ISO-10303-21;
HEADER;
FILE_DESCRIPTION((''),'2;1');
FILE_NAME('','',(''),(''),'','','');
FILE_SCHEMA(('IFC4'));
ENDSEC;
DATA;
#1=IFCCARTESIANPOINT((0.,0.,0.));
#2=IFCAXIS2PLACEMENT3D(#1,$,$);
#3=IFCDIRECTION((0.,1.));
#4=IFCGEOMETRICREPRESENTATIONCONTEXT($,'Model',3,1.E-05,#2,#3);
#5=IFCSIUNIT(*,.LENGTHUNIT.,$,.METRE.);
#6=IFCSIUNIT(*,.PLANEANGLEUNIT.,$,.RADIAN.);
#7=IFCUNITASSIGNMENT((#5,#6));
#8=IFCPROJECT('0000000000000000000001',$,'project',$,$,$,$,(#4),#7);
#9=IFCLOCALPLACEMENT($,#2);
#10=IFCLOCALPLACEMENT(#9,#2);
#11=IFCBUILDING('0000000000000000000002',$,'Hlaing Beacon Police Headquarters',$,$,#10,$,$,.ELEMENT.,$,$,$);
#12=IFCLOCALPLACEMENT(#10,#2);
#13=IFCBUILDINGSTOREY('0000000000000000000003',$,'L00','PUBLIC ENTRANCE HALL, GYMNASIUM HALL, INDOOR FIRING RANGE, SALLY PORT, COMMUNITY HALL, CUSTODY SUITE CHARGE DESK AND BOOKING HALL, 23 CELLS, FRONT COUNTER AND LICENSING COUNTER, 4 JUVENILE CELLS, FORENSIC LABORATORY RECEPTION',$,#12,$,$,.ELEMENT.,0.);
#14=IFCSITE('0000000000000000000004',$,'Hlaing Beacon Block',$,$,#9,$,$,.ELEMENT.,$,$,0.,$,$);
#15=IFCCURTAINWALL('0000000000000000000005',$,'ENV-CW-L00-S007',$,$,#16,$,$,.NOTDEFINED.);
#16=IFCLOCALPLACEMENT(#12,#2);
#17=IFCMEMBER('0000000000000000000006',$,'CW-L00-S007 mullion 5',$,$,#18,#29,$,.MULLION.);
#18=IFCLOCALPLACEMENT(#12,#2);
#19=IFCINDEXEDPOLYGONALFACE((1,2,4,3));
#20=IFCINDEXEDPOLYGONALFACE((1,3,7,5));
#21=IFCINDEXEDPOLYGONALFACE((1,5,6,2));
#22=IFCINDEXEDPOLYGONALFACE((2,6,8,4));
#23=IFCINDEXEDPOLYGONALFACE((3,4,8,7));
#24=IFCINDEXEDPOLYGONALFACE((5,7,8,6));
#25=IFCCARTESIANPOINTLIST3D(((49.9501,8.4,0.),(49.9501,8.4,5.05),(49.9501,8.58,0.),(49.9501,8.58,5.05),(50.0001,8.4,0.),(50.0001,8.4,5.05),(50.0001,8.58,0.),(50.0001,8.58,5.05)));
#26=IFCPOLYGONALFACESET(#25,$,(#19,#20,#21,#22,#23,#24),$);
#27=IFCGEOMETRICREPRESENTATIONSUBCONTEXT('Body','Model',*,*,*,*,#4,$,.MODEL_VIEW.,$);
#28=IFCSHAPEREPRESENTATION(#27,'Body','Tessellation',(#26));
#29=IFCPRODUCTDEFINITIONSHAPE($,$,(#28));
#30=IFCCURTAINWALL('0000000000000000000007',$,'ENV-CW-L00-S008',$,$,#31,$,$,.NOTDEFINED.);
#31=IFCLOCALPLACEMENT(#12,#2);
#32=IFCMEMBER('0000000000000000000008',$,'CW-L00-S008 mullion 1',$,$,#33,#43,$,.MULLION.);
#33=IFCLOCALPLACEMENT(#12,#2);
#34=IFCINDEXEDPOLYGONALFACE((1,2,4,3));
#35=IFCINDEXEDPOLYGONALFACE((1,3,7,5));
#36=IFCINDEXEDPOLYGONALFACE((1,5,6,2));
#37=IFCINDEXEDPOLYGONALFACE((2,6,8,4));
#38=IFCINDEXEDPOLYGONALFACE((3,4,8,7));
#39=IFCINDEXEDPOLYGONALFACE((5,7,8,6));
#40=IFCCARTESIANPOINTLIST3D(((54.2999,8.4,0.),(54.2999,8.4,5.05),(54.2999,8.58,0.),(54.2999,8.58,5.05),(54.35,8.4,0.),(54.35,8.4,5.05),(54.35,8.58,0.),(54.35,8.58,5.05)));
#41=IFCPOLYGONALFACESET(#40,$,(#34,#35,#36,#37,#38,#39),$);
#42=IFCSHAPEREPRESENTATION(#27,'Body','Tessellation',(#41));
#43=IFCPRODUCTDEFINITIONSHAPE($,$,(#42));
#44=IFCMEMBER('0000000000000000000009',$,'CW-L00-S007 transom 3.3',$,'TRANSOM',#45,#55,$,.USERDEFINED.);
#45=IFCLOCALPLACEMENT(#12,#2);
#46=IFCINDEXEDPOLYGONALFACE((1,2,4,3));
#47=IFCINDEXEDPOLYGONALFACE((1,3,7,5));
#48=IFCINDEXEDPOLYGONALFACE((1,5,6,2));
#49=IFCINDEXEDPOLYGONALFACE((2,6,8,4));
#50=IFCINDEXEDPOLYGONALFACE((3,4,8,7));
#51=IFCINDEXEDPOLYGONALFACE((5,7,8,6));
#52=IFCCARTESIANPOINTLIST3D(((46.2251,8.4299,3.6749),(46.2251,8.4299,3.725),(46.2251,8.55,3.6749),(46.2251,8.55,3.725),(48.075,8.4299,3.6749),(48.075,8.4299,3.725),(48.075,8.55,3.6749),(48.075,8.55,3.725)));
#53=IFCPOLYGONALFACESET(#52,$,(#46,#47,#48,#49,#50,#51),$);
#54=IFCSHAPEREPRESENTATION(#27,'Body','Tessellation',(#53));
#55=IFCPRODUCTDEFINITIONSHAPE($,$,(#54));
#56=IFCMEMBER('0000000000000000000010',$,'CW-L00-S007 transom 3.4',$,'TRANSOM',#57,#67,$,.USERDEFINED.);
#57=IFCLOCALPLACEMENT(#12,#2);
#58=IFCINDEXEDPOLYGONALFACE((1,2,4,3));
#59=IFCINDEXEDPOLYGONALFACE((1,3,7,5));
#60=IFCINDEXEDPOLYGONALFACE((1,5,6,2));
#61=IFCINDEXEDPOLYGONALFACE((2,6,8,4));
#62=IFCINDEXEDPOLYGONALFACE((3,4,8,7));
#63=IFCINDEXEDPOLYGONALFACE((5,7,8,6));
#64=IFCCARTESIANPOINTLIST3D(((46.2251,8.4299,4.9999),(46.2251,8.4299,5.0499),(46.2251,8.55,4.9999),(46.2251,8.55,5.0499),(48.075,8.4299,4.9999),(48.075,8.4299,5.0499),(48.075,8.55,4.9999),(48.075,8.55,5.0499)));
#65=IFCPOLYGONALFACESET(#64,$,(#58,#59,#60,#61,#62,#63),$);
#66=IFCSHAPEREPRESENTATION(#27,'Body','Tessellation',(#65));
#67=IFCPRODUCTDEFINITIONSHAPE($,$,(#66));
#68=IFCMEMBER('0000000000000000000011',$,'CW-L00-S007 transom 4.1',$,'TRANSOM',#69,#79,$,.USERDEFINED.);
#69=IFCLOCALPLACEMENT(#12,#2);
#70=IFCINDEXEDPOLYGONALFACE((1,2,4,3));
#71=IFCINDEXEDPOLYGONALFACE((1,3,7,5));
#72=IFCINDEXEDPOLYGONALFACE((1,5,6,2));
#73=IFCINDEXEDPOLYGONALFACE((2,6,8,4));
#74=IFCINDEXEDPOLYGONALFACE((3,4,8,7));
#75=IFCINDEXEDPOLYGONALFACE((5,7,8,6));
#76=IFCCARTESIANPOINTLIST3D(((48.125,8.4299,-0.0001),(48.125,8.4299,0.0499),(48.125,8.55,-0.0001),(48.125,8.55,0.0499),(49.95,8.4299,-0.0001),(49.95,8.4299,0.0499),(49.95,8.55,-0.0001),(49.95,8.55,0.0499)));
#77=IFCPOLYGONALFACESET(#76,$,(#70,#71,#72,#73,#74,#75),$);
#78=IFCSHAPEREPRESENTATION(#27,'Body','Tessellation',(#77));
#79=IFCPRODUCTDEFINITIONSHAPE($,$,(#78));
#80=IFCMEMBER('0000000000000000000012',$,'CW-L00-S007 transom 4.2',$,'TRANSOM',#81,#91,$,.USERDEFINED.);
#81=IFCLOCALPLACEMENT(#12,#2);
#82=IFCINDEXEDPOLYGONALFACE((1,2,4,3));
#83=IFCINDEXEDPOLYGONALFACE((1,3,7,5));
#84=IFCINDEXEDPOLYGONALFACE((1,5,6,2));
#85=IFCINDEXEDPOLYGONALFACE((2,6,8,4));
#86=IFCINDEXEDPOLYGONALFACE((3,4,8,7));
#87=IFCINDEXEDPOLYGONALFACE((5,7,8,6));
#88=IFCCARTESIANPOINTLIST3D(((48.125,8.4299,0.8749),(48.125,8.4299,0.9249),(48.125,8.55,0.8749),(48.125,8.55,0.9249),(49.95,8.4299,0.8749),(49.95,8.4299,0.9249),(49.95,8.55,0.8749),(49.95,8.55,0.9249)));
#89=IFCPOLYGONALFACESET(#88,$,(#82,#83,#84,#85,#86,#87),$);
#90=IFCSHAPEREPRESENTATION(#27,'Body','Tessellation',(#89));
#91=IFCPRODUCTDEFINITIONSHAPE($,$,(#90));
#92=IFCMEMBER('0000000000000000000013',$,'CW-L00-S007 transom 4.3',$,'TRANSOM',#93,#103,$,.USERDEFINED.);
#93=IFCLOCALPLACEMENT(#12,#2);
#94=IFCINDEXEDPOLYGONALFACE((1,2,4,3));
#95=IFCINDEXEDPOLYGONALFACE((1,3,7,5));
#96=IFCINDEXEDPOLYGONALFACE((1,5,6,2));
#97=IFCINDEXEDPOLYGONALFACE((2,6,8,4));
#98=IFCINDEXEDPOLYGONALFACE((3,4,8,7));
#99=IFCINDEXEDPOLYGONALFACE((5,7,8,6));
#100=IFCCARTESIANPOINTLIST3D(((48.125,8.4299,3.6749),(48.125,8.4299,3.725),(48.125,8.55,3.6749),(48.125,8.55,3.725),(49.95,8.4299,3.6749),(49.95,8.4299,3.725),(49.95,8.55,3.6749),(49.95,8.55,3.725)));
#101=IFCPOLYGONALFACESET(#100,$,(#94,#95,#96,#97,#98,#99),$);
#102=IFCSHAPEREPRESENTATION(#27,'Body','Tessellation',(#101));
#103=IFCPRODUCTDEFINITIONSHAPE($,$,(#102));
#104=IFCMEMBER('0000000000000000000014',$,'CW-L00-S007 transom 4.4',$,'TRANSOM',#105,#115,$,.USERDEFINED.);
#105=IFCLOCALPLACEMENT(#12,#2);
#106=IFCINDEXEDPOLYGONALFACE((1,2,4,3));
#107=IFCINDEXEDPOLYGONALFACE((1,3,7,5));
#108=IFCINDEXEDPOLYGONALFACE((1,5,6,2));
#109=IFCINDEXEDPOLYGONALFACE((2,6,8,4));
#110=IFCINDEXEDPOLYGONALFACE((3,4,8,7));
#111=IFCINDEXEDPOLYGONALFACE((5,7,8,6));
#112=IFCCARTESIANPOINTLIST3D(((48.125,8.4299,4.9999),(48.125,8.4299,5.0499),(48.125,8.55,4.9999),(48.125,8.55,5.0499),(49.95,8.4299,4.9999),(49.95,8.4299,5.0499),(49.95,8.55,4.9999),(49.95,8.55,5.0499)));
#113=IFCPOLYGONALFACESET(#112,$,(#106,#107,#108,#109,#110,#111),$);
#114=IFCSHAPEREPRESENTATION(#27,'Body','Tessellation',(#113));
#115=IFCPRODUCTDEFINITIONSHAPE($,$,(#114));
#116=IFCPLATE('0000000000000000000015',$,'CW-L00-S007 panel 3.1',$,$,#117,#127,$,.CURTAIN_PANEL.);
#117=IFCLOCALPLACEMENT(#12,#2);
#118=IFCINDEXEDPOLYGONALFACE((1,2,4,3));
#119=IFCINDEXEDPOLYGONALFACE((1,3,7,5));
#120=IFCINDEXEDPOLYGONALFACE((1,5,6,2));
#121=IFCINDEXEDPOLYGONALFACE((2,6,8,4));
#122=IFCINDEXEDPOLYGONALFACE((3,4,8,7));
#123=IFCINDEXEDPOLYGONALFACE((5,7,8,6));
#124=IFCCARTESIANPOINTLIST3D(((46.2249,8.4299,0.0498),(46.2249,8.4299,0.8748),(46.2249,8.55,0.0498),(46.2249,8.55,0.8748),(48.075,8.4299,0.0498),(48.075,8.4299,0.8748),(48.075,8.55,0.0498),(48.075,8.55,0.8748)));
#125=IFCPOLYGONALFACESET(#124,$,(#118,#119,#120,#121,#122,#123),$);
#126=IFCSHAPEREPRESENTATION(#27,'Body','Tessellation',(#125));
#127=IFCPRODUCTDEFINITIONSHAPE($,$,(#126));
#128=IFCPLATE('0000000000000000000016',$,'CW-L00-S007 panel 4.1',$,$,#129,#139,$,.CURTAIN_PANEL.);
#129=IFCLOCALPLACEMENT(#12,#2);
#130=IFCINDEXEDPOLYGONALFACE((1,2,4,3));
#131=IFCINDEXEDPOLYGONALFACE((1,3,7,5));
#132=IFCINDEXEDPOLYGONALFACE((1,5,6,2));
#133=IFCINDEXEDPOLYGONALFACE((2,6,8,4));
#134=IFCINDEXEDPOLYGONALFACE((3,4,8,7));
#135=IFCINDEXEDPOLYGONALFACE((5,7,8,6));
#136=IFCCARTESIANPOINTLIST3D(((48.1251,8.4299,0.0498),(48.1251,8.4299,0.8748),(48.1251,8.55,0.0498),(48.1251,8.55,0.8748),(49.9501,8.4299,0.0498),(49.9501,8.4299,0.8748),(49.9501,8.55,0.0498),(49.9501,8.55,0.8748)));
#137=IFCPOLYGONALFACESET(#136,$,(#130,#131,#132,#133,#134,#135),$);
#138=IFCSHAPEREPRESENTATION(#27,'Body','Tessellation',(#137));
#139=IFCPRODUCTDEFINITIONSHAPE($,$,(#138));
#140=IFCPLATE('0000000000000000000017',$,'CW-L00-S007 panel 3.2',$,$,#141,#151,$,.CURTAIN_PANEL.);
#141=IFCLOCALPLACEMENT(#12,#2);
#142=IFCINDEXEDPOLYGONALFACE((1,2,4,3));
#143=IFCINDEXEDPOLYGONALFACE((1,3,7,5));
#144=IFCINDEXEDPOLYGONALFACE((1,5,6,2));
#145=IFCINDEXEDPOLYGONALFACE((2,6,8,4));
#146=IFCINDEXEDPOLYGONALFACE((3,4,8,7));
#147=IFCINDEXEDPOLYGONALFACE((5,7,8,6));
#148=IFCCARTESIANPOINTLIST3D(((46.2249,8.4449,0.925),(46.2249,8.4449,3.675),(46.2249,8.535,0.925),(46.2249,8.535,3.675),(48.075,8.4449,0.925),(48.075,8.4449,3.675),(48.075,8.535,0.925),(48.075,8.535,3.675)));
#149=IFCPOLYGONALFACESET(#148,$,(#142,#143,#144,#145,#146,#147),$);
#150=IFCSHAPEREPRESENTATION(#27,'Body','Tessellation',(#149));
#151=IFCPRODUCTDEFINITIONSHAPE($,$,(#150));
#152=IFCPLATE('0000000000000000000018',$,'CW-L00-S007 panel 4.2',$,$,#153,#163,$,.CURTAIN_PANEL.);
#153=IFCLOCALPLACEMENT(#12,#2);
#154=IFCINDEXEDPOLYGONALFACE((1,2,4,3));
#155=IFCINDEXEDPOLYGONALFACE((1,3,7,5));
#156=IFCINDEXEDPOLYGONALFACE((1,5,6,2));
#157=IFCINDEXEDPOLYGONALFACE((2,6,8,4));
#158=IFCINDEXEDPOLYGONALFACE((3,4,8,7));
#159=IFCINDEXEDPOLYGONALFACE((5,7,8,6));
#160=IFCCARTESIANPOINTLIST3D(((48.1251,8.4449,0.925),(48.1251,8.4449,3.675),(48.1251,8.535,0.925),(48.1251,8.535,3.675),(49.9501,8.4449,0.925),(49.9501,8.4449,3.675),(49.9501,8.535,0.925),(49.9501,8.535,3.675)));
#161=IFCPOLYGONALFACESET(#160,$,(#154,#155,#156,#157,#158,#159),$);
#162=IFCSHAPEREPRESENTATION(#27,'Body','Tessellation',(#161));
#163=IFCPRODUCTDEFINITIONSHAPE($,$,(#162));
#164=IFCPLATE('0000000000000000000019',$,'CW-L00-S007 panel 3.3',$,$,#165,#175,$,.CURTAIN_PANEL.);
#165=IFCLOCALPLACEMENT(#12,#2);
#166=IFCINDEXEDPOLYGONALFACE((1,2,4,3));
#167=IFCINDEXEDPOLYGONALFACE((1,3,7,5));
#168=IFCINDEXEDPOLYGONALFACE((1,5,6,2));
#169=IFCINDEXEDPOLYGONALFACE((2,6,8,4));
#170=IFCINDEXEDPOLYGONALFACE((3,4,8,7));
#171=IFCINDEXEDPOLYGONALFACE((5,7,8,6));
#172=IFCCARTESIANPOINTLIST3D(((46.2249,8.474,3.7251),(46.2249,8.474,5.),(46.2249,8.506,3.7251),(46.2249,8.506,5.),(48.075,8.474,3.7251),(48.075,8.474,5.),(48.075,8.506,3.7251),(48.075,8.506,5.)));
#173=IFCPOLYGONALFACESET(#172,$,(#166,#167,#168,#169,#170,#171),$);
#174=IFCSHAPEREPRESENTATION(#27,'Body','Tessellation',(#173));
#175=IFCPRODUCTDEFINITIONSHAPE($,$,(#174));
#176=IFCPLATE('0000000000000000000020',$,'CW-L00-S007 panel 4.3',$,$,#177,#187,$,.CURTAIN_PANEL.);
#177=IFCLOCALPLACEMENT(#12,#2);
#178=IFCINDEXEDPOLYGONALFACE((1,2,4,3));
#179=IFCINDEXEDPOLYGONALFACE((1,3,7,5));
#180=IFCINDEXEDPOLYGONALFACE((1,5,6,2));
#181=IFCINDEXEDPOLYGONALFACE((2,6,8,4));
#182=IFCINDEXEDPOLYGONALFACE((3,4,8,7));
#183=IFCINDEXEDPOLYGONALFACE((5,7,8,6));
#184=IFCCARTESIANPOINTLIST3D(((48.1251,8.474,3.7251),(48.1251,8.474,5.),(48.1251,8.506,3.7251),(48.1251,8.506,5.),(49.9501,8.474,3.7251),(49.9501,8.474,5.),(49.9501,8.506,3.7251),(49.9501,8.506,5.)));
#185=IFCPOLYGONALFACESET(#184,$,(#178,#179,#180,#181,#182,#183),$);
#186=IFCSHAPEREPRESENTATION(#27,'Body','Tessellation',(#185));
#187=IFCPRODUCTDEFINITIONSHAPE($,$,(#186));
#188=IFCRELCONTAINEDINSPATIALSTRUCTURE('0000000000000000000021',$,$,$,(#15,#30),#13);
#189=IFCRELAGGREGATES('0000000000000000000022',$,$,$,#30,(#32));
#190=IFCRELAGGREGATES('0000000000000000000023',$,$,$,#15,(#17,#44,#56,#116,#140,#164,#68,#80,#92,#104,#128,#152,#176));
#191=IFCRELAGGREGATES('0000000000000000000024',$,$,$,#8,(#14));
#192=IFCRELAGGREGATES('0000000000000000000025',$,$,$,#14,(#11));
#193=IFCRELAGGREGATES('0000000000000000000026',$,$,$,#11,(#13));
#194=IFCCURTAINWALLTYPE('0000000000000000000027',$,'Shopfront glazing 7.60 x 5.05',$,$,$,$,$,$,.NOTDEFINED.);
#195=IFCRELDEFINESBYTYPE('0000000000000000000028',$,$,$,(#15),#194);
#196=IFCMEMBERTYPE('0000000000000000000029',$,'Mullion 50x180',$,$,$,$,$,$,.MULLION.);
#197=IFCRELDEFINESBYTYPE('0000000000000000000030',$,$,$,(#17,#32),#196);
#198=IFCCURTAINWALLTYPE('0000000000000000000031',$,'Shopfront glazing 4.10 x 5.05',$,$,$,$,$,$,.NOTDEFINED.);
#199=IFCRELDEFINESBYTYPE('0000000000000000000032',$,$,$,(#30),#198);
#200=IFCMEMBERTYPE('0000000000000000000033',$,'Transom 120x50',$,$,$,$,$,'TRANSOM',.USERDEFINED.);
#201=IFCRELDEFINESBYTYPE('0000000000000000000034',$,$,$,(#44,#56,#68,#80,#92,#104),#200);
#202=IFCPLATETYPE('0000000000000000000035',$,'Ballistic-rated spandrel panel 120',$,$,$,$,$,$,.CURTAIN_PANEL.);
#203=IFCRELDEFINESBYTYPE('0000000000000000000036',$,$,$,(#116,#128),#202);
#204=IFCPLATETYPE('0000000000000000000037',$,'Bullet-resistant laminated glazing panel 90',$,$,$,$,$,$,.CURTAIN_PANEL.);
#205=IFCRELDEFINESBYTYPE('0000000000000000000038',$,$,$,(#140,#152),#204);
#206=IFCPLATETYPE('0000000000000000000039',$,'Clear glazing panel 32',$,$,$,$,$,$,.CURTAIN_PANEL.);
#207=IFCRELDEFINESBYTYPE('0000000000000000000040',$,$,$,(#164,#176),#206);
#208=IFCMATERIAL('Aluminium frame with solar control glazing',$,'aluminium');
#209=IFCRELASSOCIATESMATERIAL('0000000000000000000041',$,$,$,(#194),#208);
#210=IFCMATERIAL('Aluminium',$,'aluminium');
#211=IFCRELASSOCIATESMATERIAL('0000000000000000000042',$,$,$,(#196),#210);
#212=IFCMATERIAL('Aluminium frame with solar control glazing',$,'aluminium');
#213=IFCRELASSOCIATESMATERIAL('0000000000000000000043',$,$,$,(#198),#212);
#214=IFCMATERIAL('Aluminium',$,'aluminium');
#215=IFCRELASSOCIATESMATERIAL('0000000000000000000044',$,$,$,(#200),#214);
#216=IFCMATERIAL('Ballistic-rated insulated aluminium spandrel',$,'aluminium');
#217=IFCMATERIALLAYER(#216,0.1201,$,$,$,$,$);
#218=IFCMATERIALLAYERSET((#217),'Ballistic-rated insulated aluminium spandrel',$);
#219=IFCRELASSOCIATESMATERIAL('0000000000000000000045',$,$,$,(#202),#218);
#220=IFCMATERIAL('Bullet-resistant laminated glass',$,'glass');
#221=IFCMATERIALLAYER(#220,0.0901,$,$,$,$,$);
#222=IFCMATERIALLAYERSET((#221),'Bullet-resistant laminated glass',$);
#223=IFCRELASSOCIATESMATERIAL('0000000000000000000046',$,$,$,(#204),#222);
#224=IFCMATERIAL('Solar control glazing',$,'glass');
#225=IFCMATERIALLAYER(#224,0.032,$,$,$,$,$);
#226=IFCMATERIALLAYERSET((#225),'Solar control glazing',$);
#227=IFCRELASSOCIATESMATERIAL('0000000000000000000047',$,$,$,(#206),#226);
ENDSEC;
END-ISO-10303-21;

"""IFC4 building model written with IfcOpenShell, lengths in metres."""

from ifc_helpers import new_model, si_unit, direction, frame, origin, origin_2d, place, context, subcontext, project, spatial, rectangle, extrude, material, layer, layer_set, material_profile, profile_set, type_object, element, aggregate, save


model = new_model("IFC4")

# Units and contexts
model_context = context("Model", 3, precision=1e-05, world=origin(), true_north=direction((0.0, 1.0)))
body_context = subcontext(model_context, "Body", "Model", "MODEL_VIEW")
ifc_project = project(units=[si_unit("LENGTHUNIT", "METRE"), si_unit("PLANEANGLEUNIT", "RADIAN")], contexts=[model_context])

# Site, building, storey
site_placement = place(None, origin())
site = spatial("IfcSite", under=ifc_project, at=site_placement, Name="Hlaing Beacon Block", CompositionType="ELEMENT", RefElevation=0.0)
building_placement = place(site_placement, origin())
building = spatial("IfcBuilding", under=site, at=building_placement, Name="Hlaing Beacon Police Headquarters", CompositionType="ELEMENT")
storey_placement = place(building_placement, origin())
storey = spatial("IfcBuildingStorey", under=building, at=storey_placement, Name="L00", Description="PUBLIC ENTRANCE HALL, GYMNASIUM HALL, INDOOR FIRING RANGE, SALLY PORT, COMMUNITY HALL, CUSTODY SUITE CHARGE DESK AND BOOKING HALL, 23 CELLS, FRONT COUNTER AND LICENSING COUNTER, 4 JUVENILE CELLS, FORENSIC LABORATORY RECEPTION", CompositionType="ELEMENT", Elevation=0.0)

# Curtain wall, member
ifc_material_1 = material(Name="Aluminium frame with solar control glazing", Category="aluminium")
curtain_wall_type_1 = type_object("IfcCurtainWallType", Name="Shopfront glazing 7.60 x 5.05", PredefinedType="NOTDEFINED", material=ifc_material_1)
curtain_wall_1_placement = place(storey_placement, origin())
curtain_wall_1 = element("IfcCurtainWall", 1, at=curtain_wall_1_placement, inside=storey, type_object=curtain_wall_type_1, Name="ENV-CW-L00-S007", PredefinedType="NOTDEFINED")
ifc_material_2 = material(Name="Aluminium", Category="aluminium")
ifc_material_profile_1 = material_profile(ifc_material_2, rectangle(XDim=0.1799, YDim=0.05, at=origin_2d()), Name="Mullion 50x180")
ifc_profile_set_1 = profile_set([ifc_material_profile_1], Name="Aluminium")
member_type_1 = type_object("IfcMemberType", Name="Mullion 50x180", PredefinedType="MULLION", material=ifc_profile_set_1)
member_1_placement = place(storey_placement, frame((49.9751, 8.49, 0.0), z_axis=(0.0, 0.0, 1.0), x_axis=(0.0, 1.0, 0.0)))
member_1 = element("IfcMember", 2, at=member_1_placement, type_object=member_type_1, Name="CW-L00-S007 mullion 5", PredefinedType="MULLION", context=body_context, shape_type="SweptSolid", body=[
    extrude(rectangle(XDim=0.1799, YDim=0.05, at=origin_2d()), origin(), (0.0, 0.0, 1.0), 5.05),
])

# Curtain wall, member
ifc_material_3 = material(Name="Aluminium frame with solar control glazing", Category="aluminium")
curtain_wall_type_2 = type_object("IfcCurtainWallType", Name="Shopfront glazing 4.10 x 5.05", PredefinedType="NOTDEFINED", material=ifc_material_3)
curtain_wall_2_placement = place(storey_placement, origin())
curtain_wall_2 = element("IfcCurtainWall", 3, at=curtain_wall_2_placement, inside=storey, type_object=curtain_wall_type_2, Name="ENV-CW-L00-S008", PredefinedType="NOTDEFINED")
member_2_placement = place(storey_placement, frame((54.325, 8.49, 0.0), z_axis=(0.0, 0.0, 1.0), x_axis=(0.0, 1.0, 0.0)))
member_2 = element("IfcMember", 4, at=member_2_placement, type_object=member_type_1, Name="CW-L00-S008 mullion 1", PredefinedType="MULLION", context=body_context, shape_type="SweptSolid", body=[
    extrude(rectangle(XDim=0.1799, YDim=0.05, at=origin_2d()), origin(), (0.0, 0.0, 1.0), 5.05),
])
aggregate(curtain_wall_2, [member_2])

# Members
ifc_material_4 = material(Name="Aluminium", Category="aluminium")
ifc_material_profile_2 = material_profile(ifc_material_4, rectangle(XDim=0.1201, YDim=0.05, at=origin_2d()), Name="Transom 120x50")
ifc_profile_set_2 = profile_set([ifc_material_profile_2], Name="Aluminium")
member_type_2 = type_object("IfcMemberType", Name="Transom 120x50", ElementType="TRANSOM", PredefinedType="USERDEFINED", material=ifc_profile_set_2)
member_3_placement = place(storey_placement, frame((46.2251, 8.49, 3.7), z_axis=(1.0, 0.0, 0.0), x_axis=(0.0, 1.0, 0.0)))
member_3 = element("IfcMember", 5, at=member_3_placement, type_object=member_type_2, Name="CW-L00-S007 transom 3.3", ObjectType="TRANSOM", PredefinedType="USERDEFINED", context=body_context, shape_type="SweptSolid", body=[
    extrude(rectangle(XDim=0.1201, YDim=0.05, at=origin_2d()), origin(), (0.0, 0.0, 1.0), 1.8499),
])
member_4_placement = place(storey_placement, frame((46.2251, 8.49, 5.0249), z_axis=(1.0, 0.0, 0.0), x_axis=(0.0, 1.0, 0.0)))
member_4 = element("IfcMember", 6, at=member_4_placement, type_object=member_type_2, Name="CW-L00-S007 transom 3.4", ObjectType="TRANSOM", PredefinedType="USERDEFINED", context=body_context, shape_type="SweptSolid", body=[
    extrude(rectangle(XDim=0.1201, YDim=0.05, at=origin_2d()), origin(), (0.0, 0.0, 1.0), 1.8499),
])
member_5_placement = place(storey_placement, frame((48.125, 8.49, 0.0249), z_axis=(1.0, 0.0, 0.0), x_axis=(0.0, 1.0, 0.0)))
member_5 = element("IfcMember", 7, at=member_5_placement, type_object=member_type_2, Name="CW-L00-S007 transom 4.1", ObjectType="TRANSOM", PredefinedType="USERDEFINED", context=body_context, shape_type="SweptSolid", body=[
    extrude(rectangle(XDim=0.1201, YDim=0.05, at=origin_2d()), origin(), (0.0, 0.0, 1.0), 1.825),
])
member_6_placement = place(storey_placement, frame((48.125, 8.49, 0.8999), z_axis=(1.0, 0.0, 0.0), x_axis=(0.0, 1.0, 0.0)))
member_6 = element("IfcMember", 8, at=member_6_placement, type_object=member_type_2, Name="CW-L00-S007 transom 4.2", ObjectType="TRANSOM", PredefinedType="USERDEFINED", context=body_context, shape_type="SweptSolid", body=[
    extrude(rectangle(XDim=0.1201, YDim=0.05, at=origin_2d()), origin(), (0.0, 0.0, 1.0), 1.825),
])
member_7_placement = place(storey_placement, frame((48.125, 8.49, 3.7), z_axis=(1.0, 0.0, 0.0), x_axis=(0.0, 1.0, 0.0)))
member_7 = element("IfcMember", 9, at=member_7_placement, type_object=member_type_2, Name="CW-L00-S007 transom 4.3", ObjectType="TRANSOM", PredefinedType="USERDEFINED", context=body_context, shape_type="SweptSolid", body=[
    extrude(rectangle(XDim=0.1201, YDim=0.05, at=origin_2d()), origin(), (0.0, 0.0, 1.0), 1.825),
])
member_8_placement = place(storey_placement, frame((48.125, 8.49, 5.0249), z_axis=(1.0, 0.0, 0.0), x_axis=(0.0, 1.0, 0.0)))
member_8 = element("IfcMember", 10, at=member_8_placement, type_object=member_type_2, Name="CW-L00-S007 transom 4.4", ObjectType="TRANSOM", PredefinedType="USERDEFINED", context=body_context, shape_type="SweptSolid", body=[
    extrude(rectangle(XDim=0.1201, YDim=0.05, at=origin_2d()), origin(), (0.0, 0.0, 1.0), 1.825),
])

# Plates
ifc_material_5 = material(Name="Ballistic-rated insulated aluminium spandrel", Category="aluminium")
ifc_layer_1 = layer(ifc_material_5, 0.1201)
ifc_layer_set_1 = layer_set([ifc_layer_1], Name="Ballistic-rated insulated aluminium spandrel")
plate_type_1 = type_object("IfcPlateType", Name="Ballistic-rated spandrel panel 120", PredefinedType="CURTAIN_PANEL", material=ifc_layer_set_1)
plate_1_placement = place(storey_placement, frame((47.1499, 8.49, 0.0498), z_axis=(0.0, 0.0, 1.0), x_axis=(1.0, 0.0, 0.0)))
plate_1 = element("IfcPlate", 11, at=plate_1_placement, type_object=plate_type_1, Name="CW-L00-S007 panel 3.1", PredefinedType="CURTAIN_PANEL", context=body_context, shape_type="SweptSolid", body=[
    extrude(rectangle(XDim=1.8501, YDim=0.1201, at=origin_2d()), origin(), (0.0, 0.0, 1.0), 0.825),
])
plate_2_placement = place(storey_placement, frame((49.0376, 8.49, 0.0498), z_axis=(0.0, 0.0, 1.0), x_axis=(1.0, 0.0, 0.0)))
plate_2 = element("IfcPlate", 12, at=plate_2_placement, type_object=plate_type_1, Name="CW-L00-S007 panel 4.1", PredefinedType="CURTAIN_PANEL", context=body_context, shape_type="SweptSolid", body=[
    extrude(rectangle(XDim=1.825, YDim=0.1201, at=origin_2d()), origin(), (0.0, 0.0, 1.0), 0.825),
])
ifc_material_6 = material(Name="Bullet-resistant laminated glass", Category="glass")
ifc_layer_2 = layer(ifc_material_6, 0.0901)
ifc_layer_set_2 = layer_set([ifc_layer_2], Name="Bullet-resistant laminated glass")
plate_type_2 = type_object("IfcPlateType", Name="Bullet-resistant laminated glazing panel 90", PredefinedType="CURTAIN_PANEL", material=ifc_layer_set_2)
plate_3_placement = place(storey_placement, frame((47.1499, 8.49, 0.925), z_axis=(0.0, 0.0, 1.0), x_axis=(1.0, 0.0, 0.0)))
plate_3 = element("IfcPlate", 13, at=plate_3_placement, type_object=plate_type_2, Name="CW-L00-S007 panel 3.2", PredefinedType="CURTAIN_PANEL", context=body_context, shape_type="SweptSolid", body=[
    extrude(rectangle(XDim=1.8501, YDim=0.0901, at=origin_2d()), origin(), (0.0, 0.0, 1.0), 2.75),
])
plate_4_placement = place(storey_placement, frame((49.0376, 8.49, 0.925), z_axis=(0.0, 0.0, 1.0), x_axis=(1.0, 0.0, 0.0)))
plate_4 = element("IfcPlate", 14, at=plate_4_placement, type_object=plate_type_2, Name="CW-L00-S007 panel 4.2", PredefinedType="CURTAIN_PANEL", context=body_context, shape_type="SweptSolid", body=[
    extrude(rectangle(XDim=1.825, YDim=0.0901, at=origin_2d()), origin(), (0.0, 0.0, 1.0), 2.75),
])
ifc_material_7 = material(Name="Solar control glazing", Category="glass")
ifc_layer_3 = layer(ifc_material_7, 0.032)
ifc_layer_set_3 = layer_set([ifc_layer_3], Name="Solar control glazing")
plate_type_3 = type_object("IfcPlateType", Name="Clear glazing panel 32", PredefinedType="CURTAIN_PANEL", material=ifc_layer_set_3)
plate_5_placement = place(storey_placement, frame((47.1499, 8.49, 3.7251), z_axis=(0.0, 0.0, 1.0), x_axis=(1.0, 0.0, 0.0)))
plate_5 = element("IfcPlate", 15, at=plate_5_placement, type_object=plate_type_3, Name="CW-L00-S007 panel 3.3", PredefinedType="CURTAIN_PANEL", context=body_context, shape_type="SweptSolid", body=[
    extrude(rectangle(XDim=1.8501, YDim=0.032, at=origin_2d()), origin(), (0.0, 0.0, 1.0), 1.2749),
])
plate_6_placement = place(storey_placement, frame((49.0376, 8.49, 3.7251), z_axis=(0.0, 0.0, 1.0), x_axis=(1.0, 0.0, 0.0)))
plate_6 = element("IfcPlate", 16, at=plate_6_placement, type_object=plate_type_3, Name="CW-L00-S007 panel 4.3", PredefinedType="CURTAIN_PANEL", context=body_context, shape_type="SweptSolid", body=[
    extrude(rectangle(XDim=1.825, YDim=0.032, at=origin_2d()), origin(), (0.0, 0.0, 1.0), 1.2749),
])
aggregate(curtain_wall_1, [member_1, member_3, member_4, plate_1, plate_3, plate_5, member_5, member_6, member_7, member_8, plate_2, plate_4, plate_6])

save(model, "model.ifc")
